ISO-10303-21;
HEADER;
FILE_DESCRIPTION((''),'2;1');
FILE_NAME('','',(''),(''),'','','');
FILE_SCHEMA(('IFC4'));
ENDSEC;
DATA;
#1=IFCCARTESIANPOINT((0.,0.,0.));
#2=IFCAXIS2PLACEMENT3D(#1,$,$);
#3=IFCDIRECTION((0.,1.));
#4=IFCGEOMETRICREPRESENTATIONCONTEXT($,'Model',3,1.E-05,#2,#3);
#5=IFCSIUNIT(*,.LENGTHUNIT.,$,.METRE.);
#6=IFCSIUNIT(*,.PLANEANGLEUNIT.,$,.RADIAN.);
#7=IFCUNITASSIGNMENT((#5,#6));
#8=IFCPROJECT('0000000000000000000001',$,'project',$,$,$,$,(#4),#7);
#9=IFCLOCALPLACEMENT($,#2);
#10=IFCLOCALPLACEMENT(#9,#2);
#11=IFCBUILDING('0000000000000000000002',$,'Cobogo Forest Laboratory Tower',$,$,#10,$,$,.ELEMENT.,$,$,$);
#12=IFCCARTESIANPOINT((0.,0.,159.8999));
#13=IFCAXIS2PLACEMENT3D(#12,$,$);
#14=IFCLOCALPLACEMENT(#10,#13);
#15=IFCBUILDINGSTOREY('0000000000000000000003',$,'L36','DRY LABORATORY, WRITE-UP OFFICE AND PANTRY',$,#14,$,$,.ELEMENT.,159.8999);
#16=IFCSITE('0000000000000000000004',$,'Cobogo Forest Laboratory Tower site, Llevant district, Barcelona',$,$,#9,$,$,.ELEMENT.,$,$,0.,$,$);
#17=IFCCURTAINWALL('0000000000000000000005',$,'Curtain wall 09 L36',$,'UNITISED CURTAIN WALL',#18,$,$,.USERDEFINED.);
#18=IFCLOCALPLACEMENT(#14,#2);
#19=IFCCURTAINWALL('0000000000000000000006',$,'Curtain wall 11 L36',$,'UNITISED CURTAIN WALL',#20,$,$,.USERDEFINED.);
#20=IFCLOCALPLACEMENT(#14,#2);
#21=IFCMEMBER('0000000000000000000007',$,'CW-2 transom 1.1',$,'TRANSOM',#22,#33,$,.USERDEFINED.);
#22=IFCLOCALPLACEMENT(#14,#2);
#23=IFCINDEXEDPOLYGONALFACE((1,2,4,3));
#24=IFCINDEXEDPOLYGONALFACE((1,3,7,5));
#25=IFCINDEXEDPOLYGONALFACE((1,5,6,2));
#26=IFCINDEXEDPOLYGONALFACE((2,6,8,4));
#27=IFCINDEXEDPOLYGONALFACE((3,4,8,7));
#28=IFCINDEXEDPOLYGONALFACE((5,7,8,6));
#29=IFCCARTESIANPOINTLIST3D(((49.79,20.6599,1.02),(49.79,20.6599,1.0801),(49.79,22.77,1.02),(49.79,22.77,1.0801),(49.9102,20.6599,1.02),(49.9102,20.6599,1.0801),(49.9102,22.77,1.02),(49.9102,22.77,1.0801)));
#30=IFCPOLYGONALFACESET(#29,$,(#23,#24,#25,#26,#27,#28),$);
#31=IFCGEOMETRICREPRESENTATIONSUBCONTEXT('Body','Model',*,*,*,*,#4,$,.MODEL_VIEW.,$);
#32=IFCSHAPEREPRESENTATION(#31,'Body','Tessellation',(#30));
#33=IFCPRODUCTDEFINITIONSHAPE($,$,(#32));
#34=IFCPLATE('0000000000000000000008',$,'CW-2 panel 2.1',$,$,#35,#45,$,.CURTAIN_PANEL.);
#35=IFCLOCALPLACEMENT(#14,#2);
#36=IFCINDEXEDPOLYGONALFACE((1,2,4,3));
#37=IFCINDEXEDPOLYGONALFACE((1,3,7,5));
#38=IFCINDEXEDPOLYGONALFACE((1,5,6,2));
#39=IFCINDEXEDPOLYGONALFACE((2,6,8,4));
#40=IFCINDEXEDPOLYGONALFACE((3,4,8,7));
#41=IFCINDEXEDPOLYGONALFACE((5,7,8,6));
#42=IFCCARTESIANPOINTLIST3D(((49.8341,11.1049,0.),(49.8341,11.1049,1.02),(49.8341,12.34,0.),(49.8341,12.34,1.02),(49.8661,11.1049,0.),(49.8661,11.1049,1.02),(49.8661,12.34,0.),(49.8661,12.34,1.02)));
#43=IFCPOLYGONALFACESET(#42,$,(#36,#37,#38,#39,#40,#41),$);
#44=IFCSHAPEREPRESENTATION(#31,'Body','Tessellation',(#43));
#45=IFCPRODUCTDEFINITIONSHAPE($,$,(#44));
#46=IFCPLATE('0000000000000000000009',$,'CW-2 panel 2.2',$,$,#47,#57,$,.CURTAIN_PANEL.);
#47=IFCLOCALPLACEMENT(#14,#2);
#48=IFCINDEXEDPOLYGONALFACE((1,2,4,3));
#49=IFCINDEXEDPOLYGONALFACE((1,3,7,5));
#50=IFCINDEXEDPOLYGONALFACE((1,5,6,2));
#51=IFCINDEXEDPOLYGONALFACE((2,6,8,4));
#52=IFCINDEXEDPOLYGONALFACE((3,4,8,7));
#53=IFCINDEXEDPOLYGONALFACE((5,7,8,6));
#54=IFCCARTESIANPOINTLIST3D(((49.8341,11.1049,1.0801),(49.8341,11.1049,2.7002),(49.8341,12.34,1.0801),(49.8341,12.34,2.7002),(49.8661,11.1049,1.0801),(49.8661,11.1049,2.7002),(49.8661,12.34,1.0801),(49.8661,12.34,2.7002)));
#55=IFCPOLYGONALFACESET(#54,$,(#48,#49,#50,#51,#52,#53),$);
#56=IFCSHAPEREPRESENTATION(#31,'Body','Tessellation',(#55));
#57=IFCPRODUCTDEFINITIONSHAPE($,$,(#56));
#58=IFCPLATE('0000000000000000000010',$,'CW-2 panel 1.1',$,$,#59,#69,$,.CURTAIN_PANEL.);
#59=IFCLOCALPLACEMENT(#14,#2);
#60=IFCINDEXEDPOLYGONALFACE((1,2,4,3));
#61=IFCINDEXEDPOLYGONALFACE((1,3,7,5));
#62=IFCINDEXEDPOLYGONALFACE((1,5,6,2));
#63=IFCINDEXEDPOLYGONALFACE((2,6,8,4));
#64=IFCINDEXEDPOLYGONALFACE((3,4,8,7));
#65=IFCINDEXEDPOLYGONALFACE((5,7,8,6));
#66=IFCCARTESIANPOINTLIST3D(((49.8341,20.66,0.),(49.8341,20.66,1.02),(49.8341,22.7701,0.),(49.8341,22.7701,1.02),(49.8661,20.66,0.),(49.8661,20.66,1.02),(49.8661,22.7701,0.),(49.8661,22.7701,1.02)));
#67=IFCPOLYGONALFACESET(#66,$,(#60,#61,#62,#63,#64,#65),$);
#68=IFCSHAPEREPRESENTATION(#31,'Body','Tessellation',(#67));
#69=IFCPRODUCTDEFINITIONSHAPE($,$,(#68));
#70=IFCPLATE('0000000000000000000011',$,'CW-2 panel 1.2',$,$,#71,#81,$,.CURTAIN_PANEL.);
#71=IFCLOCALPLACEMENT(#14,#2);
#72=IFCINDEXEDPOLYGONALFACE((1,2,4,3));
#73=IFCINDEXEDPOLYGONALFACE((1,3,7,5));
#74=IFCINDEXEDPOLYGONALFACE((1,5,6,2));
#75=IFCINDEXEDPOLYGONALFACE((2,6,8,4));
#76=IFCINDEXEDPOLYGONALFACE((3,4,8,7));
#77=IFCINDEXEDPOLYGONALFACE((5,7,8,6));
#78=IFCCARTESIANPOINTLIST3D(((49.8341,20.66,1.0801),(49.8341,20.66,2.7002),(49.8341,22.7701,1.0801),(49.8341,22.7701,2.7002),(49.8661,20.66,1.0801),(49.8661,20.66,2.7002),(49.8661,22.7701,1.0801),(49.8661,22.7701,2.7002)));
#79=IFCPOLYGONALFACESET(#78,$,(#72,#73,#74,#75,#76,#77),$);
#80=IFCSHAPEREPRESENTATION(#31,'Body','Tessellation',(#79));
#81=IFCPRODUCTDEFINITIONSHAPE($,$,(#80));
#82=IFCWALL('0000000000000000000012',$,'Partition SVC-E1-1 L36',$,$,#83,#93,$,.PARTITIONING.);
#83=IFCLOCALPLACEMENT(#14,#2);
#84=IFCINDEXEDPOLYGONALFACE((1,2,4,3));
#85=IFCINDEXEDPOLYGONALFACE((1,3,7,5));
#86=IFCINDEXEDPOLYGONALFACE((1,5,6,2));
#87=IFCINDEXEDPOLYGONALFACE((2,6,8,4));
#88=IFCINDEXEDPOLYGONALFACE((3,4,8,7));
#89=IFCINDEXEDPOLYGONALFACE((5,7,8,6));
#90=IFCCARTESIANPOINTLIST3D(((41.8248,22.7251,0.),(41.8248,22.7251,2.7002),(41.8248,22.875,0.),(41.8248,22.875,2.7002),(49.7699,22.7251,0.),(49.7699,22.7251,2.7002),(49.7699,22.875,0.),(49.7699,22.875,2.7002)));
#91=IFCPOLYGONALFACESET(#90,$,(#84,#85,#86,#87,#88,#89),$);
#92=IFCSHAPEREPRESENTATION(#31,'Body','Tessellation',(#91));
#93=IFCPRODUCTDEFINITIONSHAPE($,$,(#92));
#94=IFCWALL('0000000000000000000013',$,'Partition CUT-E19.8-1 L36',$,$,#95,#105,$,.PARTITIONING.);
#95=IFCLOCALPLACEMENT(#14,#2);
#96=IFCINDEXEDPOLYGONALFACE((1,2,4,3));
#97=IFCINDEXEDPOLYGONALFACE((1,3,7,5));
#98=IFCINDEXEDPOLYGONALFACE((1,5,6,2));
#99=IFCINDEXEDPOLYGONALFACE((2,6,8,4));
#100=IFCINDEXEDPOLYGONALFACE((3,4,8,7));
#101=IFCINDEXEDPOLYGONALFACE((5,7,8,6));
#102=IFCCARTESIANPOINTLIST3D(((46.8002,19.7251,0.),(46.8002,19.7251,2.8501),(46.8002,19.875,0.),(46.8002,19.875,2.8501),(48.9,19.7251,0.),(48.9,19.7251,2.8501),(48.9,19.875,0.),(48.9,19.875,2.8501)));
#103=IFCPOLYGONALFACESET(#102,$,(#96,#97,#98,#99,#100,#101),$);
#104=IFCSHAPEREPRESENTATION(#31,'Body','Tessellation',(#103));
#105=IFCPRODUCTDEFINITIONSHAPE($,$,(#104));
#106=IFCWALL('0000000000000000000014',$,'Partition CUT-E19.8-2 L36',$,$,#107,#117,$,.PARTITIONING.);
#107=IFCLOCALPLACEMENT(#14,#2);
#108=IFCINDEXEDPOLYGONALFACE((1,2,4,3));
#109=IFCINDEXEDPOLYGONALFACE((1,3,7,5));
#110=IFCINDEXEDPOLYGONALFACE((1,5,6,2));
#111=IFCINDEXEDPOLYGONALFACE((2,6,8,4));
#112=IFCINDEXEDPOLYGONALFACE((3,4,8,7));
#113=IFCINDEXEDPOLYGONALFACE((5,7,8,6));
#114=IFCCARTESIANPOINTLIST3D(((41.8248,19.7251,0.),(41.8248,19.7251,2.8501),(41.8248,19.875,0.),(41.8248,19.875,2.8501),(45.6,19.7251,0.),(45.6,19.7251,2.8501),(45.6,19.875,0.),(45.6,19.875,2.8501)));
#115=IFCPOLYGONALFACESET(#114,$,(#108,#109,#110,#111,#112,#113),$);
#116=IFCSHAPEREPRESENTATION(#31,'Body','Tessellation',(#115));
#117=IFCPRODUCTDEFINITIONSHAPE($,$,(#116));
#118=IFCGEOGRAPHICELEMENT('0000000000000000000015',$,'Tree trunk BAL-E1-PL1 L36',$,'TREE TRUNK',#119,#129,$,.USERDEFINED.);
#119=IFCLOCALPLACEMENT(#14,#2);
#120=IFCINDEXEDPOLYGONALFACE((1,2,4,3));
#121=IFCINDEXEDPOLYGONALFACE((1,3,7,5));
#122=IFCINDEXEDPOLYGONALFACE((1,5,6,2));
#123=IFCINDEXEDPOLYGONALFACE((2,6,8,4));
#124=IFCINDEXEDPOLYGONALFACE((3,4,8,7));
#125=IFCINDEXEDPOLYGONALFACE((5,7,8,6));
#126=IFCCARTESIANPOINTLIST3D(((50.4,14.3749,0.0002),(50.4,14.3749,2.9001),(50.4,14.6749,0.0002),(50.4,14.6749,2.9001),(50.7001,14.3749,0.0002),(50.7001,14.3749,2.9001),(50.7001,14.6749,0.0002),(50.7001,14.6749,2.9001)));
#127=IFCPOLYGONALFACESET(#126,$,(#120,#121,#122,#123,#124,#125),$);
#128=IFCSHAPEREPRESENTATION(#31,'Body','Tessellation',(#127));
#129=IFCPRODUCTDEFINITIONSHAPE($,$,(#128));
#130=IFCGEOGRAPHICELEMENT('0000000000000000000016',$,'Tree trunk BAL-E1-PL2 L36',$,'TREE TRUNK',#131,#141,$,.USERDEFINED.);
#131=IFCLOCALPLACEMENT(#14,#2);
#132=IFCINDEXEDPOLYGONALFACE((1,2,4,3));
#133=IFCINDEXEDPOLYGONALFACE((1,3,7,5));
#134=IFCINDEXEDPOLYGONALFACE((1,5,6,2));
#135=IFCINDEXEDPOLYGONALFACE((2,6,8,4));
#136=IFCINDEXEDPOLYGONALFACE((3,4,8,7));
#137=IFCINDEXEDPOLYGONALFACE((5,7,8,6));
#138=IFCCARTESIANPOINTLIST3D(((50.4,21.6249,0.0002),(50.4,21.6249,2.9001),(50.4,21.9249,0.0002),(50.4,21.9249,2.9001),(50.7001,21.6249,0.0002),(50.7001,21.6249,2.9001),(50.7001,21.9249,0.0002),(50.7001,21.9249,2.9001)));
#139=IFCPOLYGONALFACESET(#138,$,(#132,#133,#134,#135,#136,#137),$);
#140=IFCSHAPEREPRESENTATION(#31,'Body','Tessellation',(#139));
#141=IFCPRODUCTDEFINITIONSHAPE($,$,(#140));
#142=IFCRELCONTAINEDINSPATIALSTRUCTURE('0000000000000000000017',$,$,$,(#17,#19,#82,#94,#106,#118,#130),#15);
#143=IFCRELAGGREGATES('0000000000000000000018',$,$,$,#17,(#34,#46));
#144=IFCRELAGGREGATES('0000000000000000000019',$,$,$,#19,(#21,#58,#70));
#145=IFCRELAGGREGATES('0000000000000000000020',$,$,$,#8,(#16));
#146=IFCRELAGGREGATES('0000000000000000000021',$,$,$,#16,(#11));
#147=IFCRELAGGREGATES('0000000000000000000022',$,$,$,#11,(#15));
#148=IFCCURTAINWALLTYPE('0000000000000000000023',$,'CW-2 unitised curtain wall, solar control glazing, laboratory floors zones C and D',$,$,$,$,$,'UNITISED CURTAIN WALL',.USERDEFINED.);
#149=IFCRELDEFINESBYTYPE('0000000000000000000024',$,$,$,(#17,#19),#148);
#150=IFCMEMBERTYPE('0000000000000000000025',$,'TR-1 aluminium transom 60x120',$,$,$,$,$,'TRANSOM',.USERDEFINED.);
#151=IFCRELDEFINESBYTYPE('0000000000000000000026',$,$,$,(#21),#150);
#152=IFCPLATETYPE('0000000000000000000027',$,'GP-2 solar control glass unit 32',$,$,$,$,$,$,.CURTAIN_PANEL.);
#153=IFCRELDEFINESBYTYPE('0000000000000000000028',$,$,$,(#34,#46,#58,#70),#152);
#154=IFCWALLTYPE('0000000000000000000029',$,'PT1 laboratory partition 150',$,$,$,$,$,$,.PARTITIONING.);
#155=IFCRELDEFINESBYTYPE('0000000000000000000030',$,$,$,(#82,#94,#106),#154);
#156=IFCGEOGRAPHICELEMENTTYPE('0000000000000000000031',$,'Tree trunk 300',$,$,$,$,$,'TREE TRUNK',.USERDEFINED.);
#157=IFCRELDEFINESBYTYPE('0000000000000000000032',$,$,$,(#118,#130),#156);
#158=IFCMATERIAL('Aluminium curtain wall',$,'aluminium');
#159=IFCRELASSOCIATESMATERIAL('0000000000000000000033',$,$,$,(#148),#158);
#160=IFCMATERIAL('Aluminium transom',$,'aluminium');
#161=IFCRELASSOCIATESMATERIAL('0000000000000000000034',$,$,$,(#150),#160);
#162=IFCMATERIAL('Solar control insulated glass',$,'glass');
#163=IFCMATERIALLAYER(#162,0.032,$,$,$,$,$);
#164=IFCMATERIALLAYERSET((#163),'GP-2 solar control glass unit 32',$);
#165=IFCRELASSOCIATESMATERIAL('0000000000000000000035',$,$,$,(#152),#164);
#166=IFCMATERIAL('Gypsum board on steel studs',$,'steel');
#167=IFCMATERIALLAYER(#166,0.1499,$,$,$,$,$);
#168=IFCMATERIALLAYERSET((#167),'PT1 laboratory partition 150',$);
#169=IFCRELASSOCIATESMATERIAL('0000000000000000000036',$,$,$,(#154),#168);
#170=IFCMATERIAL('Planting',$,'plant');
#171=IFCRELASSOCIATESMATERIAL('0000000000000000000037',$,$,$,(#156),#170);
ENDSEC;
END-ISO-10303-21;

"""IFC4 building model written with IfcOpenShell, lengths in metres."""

from ifc_helpers import new_model, si_unit, direction, frame, frame_2d, origin, origin_2d, place, context, subcontext, project, spatial, rectangle, extrude, material, layer, layer_set, material_profile, profile_set, type_object, element, aggregate, save


model = new_model("IFC4")

# Units and contexts
model_context = context("Model", 3, precision=1e-05, world=origin(), true_north=direction((0.0, 1.0)))
body_context = subcontext(model_context, "Body", "Model", "MODEL_VIEW")
ifc_project = project(units=[si_unit("LENGTHUNIT", "METRE"), si_unit("PLANEANGLEUNIT", "RADIAN")], contexts=[model_context])

# Site, building, storey
site_placement = place(None, origin())
site = spatial("IfcSite", under=ifc_project, at=site_placement, Name="Cobogo Forest Laboratory Tower site, Llevant district, Barcelona", CompositionType="ELEMENT", RefElevation=0.0)
building_placement = place(site_placement, origin())
building = spatial("IfcBuilding", under=site, at=building_placement, Name="Cobogo Forest Laboratory Tower", CompositionType="ELEMENT")
storey_placement = place(building_placement, frame((0.0, 0.0, 159.8999)))
storey = spatial("IfcBuildingStorey", under=building, at=storey_placement, Name="L36", Description="DRY LABORATORY, WRITE-UP OFFICE AND PANTRY", CompositionType="ELEMENT", Elevation=159.8999)

# Curtain wall
ifc_material_1 = material(Name="Aluminium curtain wall", Category="aluminium")
curtain_wall_type = type_object("IfcCurtainWallType", Name="CW-2 unitised curtain wall, solar control glazing, laboratory floors zones C and D", ElementType="UNITISED CURTAIN WALL", PredefinedType="USERDEFINED", material=ifc_material_1)
curtain_wall_1_placement = place(storey_placement, origin())
curtain_wall_1 = element("IfcCurtainWall", 1, at=curtain_wall_1_placement, inside=storey, type_object=curtain_wall_type, Name="Curtain wall 09 L36", ObjectType="UNITISED CURTAIN WALL", PredefinedType="USERDEFINED")

# Curtain wall
curtain_wall_2_placement = place(storey_placement, origin())
curtain_wall_2 = element("IfcCurtainWall", 2, at=curtain_wall_2_placement, inside=storey, type_object=curtain_wall_type, Name="Curtain wall 11 L36", ObjectType="UNITISED CURTAIN WALL", PredefinedType="USERDEFINED")

# Member
ifc_material_2 = material(Name="Aluminium transom", Category="aluminium")
ifc_material_profile_1 = material_profile(ifc_material_2, rectangle(XDim=0.1201, YDim=0.0601, at=origin_2d()), Name="AL 60x120")
ifc_profile_set_1 = profile_set([ifc_material_profile_1], Name="Aluminium transom")
member_type_1 = type_object("IfcMemberType", Name="TR-1 aluminium transom 60x120", ElementType="TRANSOM", PredefinedType="USERDEFINED", material=ifc_profile_set_1)
member_1_placement = place(storey_placement, frame((49.8501, 20.6599, 1.05), z_axis=(0.0, 1.0, 0.0), x_axis=(-1.0, 0.0, 0.0)))
member_1 = element("IfcMember", 3, at=member_1_placement, type_object=member_type_1, Name="CW-2 transom 1.1", ObjectType="TRANSOM", PredefinedType="USERDEFINED", context=body_context, shape_type="SweptSolid", body=[
    extrude(rectangle(XDim=0.1201, YDim=0.0601, at=origin_2d()), origin(), (0.0, 0.0, 1.0), 2.1101),
])

# Plates
ifc_material_3 = material(Name="Solar control insulated glass", Category="glass")
ifc_layer_1 = layer(ifc_material_3, 0.032)
ifc_layer_set_1 = layer_set([ifc_layer_1], Name="GP-2 solar control glass unit 32")
plate_type = type_object("IfcPlateType", Name="GP-2 solar control glass unit 32", PredefinedType="CURTAIN_PANEL", material=ifc_layer_set_1)
plate_1_placement = place(storey_placement, frame((49.8501, 11.7224, 0.0), z_axis=(0.0, 0.0, 1.0), x_axis=(0.0, 1.0, 0.0)))
plate_1 = element("IfcPlate", 4, at=plate_1_placement, type_object=plate_type, Name="CW-2 panel 2.1", PredefinedType="CURTAIN_PANEL", context=body_context, shape_type="SweptSolid", body=[
    extrude(rectangle(XDim=1.2351, YDim=0.032, at=origin_2d()), origin(), (0.0, 0.0, 1.0), 1.02),
])
plate_2_placement = place(storey_placement, frame((49.8501, 11.7224, 1.0801), z_axis=(0.0, 0.0, 1.0), x_axis=(0.0, 1.0, 0.0)))
plate_2 = element("IfcPlate", 5, at=plate_2_placement, type_object=plate_type, Name="CW-2 panel 2.2", PredefinedType="CURTAIN_PANEL", context=body_context, shape_type="SweptSolid", body=[
    extrude(rectangle(XDim=1.2351, YDim=0.032, at=origin_2d()), origin(), (0.0, 0.0, 1.0), 1.6201),
])
aggregate(curtain_wall_1, [plate_1, plate_2])
plate_3_placement = place(storey_placement, frame((49.8501, 21.7151, 0.0), z_axis=(0.0, 0.0, 1.0), x_axis=(0.0, 1.0, 0.0)))
plate_3 = element("IfcPlate", 6, at=plate_3_placement, type_object=plate_type, Name="CW-2 panel 1.1", PredefinedType="CURTAIN_PANEL", context=body_context, shape_type="SweptSolid", body=[
    extrude(rectangle(XDim=2.1101, YDim=0.032, at=origin_2d()), origin(), (0.0, 0.0, 1.0), 1.02),
])
plate_4_placement = place(storey_placement, frame((49.8501, 21.7151, 1.0801), z_axis=(0.0, 0.0, 1.0), x_axis=(0.0, 1.0, 0.0)))
plate_4 = element("IfcPlate", 7, at=plate_4_placement, type_object=plate_type, Name="CW-2 panel 1.2", PredefinedType="CURTAIN_PANEL", context=body_context, shape_type="SweptSolid", body=[
    extrude(rectangle(XDim=2.1101, YDim=0.032, at=origin_2d()), origin(), (0.0, 0.0, 1.0), 1.6201),
])
aggregate(curtain_wall_2, [member_1, plate_3, plate_4])

# Walls
ifc_material_4 = material(Name="Gypsum board on steel studs", Category="steel")
ifc_layer_2 = layer(ifc_material_4, 0.1499)
ifc_layer_set_2 = layer_set([ifc_layer_2], Name="PT1 laboratory partition 150")
wall_type_1 = type_object("IfcWallType", Name="PT1 laboratory partition 150", PredefinedType="PARTITIONING", material=ifc_layer_set_2)
wall_1_placement = place(storey_placement, frame((49.77, 22.8, 0.0), z_axis=(0.0, 0.0, 1.0), x_axis=(-1.0, 0.0, 0.0)))
element("IfcWall", 8, at=wall_1_placement, inside=storey, type_object=wall_type_1, Name="Partition SVC-E1-1 L36", PredefinedType="PARTITIONING", context=body_context, shape_type="SweptSolid", body=[
    extrude(rectangle(XDim=7.9451, YDim=0.1499, at=frame_2d((3.9727, 0.0))), origin(), (0.0, 0.0, 1.0), 2.7002),
])
wall_2_placement = place(storey_placement, frame((48.8999, 19.8, 0.0), z_axis=(0.0, 0.0, 1.0), x_axis=(-1.0, 0.0, 0.0)))
element("IfcWall", 9, at=wall_2_placement, inside=storey, type_object=wall_type_1, Name="Partition CUT-E19.8-1 L36", PredefinedType="PARTITIONING", context=body_context, shape_type="SweptSolid", body=[
    extrude(rectangle(XDim=2.0999, YDim=0.1499, at=frame_2d((1.0498, 0.0))), origin(), (0.0, 0.0, 1.0), 2.8501),
])
wall_3_placement = place(storey_placement, frame((45.6001, 19.8, 0.0), z_axis=(0.0, 0.0, 1.0), x_axis=(-1.0, 0.0, 0.0)))
element("IfcWall", 10, at=wall_3_placement, inside=storey, type_object=wall_type_1, Name="Partition CUT-E19.8-2 L36", PredefinedType="PARTITIONING", context=body_context, shape_type="SweptSolid", body=[
    extrude(rectangle(XDim=3.7751, YDim=0.1499, at=frame_2d((1.8877, 0.0))), origin(), (0.0, 0.0, 1.0), 2.8501),
])

# Geographic elements
ifc_material_5 = material(Name="Planting", Category="plant")
geographic_element_type = type_object("IfcGeographicElementType", Name="Tree trunk 300", ElementType="TREE TRUNK", PredefinedType="USERDEFINED", material=ifc_material_5)
for number, where, z_axis, x_axis, name in (
    (11, (50.55, 14.5249, 0.0002), (0.0, 0.0, 1.0), (1.0, 0.0, 0.0), "Tree trunk BAL-E1-PL1 L36"),
    (12, (50.55, 21.7749, 0.0002), (0.0, 0.0, 1.0), (1.0, 0.0, 0.0), "Tree trunk BAL-E1-PL2 L36"),
):
    element("IfcGeographicElement", number, at=place(storey_placement, frame(where, z_axis=z_axis, x_axis=x_axis)), inside=storey, type_object=geographic_element_type, Name=name, ObjectType="TREE TRUNK", PredefinedType="USERDEFINED", context=body_context, shape_type="SweptSolid", body=[
        extrude(rectangle(XDim=0.3, YDim=0.3, at=origin_2d()), origin(), (0.0, 0.0, 1.0), 2.8999),
    ])

save(model, "model.ifc")
